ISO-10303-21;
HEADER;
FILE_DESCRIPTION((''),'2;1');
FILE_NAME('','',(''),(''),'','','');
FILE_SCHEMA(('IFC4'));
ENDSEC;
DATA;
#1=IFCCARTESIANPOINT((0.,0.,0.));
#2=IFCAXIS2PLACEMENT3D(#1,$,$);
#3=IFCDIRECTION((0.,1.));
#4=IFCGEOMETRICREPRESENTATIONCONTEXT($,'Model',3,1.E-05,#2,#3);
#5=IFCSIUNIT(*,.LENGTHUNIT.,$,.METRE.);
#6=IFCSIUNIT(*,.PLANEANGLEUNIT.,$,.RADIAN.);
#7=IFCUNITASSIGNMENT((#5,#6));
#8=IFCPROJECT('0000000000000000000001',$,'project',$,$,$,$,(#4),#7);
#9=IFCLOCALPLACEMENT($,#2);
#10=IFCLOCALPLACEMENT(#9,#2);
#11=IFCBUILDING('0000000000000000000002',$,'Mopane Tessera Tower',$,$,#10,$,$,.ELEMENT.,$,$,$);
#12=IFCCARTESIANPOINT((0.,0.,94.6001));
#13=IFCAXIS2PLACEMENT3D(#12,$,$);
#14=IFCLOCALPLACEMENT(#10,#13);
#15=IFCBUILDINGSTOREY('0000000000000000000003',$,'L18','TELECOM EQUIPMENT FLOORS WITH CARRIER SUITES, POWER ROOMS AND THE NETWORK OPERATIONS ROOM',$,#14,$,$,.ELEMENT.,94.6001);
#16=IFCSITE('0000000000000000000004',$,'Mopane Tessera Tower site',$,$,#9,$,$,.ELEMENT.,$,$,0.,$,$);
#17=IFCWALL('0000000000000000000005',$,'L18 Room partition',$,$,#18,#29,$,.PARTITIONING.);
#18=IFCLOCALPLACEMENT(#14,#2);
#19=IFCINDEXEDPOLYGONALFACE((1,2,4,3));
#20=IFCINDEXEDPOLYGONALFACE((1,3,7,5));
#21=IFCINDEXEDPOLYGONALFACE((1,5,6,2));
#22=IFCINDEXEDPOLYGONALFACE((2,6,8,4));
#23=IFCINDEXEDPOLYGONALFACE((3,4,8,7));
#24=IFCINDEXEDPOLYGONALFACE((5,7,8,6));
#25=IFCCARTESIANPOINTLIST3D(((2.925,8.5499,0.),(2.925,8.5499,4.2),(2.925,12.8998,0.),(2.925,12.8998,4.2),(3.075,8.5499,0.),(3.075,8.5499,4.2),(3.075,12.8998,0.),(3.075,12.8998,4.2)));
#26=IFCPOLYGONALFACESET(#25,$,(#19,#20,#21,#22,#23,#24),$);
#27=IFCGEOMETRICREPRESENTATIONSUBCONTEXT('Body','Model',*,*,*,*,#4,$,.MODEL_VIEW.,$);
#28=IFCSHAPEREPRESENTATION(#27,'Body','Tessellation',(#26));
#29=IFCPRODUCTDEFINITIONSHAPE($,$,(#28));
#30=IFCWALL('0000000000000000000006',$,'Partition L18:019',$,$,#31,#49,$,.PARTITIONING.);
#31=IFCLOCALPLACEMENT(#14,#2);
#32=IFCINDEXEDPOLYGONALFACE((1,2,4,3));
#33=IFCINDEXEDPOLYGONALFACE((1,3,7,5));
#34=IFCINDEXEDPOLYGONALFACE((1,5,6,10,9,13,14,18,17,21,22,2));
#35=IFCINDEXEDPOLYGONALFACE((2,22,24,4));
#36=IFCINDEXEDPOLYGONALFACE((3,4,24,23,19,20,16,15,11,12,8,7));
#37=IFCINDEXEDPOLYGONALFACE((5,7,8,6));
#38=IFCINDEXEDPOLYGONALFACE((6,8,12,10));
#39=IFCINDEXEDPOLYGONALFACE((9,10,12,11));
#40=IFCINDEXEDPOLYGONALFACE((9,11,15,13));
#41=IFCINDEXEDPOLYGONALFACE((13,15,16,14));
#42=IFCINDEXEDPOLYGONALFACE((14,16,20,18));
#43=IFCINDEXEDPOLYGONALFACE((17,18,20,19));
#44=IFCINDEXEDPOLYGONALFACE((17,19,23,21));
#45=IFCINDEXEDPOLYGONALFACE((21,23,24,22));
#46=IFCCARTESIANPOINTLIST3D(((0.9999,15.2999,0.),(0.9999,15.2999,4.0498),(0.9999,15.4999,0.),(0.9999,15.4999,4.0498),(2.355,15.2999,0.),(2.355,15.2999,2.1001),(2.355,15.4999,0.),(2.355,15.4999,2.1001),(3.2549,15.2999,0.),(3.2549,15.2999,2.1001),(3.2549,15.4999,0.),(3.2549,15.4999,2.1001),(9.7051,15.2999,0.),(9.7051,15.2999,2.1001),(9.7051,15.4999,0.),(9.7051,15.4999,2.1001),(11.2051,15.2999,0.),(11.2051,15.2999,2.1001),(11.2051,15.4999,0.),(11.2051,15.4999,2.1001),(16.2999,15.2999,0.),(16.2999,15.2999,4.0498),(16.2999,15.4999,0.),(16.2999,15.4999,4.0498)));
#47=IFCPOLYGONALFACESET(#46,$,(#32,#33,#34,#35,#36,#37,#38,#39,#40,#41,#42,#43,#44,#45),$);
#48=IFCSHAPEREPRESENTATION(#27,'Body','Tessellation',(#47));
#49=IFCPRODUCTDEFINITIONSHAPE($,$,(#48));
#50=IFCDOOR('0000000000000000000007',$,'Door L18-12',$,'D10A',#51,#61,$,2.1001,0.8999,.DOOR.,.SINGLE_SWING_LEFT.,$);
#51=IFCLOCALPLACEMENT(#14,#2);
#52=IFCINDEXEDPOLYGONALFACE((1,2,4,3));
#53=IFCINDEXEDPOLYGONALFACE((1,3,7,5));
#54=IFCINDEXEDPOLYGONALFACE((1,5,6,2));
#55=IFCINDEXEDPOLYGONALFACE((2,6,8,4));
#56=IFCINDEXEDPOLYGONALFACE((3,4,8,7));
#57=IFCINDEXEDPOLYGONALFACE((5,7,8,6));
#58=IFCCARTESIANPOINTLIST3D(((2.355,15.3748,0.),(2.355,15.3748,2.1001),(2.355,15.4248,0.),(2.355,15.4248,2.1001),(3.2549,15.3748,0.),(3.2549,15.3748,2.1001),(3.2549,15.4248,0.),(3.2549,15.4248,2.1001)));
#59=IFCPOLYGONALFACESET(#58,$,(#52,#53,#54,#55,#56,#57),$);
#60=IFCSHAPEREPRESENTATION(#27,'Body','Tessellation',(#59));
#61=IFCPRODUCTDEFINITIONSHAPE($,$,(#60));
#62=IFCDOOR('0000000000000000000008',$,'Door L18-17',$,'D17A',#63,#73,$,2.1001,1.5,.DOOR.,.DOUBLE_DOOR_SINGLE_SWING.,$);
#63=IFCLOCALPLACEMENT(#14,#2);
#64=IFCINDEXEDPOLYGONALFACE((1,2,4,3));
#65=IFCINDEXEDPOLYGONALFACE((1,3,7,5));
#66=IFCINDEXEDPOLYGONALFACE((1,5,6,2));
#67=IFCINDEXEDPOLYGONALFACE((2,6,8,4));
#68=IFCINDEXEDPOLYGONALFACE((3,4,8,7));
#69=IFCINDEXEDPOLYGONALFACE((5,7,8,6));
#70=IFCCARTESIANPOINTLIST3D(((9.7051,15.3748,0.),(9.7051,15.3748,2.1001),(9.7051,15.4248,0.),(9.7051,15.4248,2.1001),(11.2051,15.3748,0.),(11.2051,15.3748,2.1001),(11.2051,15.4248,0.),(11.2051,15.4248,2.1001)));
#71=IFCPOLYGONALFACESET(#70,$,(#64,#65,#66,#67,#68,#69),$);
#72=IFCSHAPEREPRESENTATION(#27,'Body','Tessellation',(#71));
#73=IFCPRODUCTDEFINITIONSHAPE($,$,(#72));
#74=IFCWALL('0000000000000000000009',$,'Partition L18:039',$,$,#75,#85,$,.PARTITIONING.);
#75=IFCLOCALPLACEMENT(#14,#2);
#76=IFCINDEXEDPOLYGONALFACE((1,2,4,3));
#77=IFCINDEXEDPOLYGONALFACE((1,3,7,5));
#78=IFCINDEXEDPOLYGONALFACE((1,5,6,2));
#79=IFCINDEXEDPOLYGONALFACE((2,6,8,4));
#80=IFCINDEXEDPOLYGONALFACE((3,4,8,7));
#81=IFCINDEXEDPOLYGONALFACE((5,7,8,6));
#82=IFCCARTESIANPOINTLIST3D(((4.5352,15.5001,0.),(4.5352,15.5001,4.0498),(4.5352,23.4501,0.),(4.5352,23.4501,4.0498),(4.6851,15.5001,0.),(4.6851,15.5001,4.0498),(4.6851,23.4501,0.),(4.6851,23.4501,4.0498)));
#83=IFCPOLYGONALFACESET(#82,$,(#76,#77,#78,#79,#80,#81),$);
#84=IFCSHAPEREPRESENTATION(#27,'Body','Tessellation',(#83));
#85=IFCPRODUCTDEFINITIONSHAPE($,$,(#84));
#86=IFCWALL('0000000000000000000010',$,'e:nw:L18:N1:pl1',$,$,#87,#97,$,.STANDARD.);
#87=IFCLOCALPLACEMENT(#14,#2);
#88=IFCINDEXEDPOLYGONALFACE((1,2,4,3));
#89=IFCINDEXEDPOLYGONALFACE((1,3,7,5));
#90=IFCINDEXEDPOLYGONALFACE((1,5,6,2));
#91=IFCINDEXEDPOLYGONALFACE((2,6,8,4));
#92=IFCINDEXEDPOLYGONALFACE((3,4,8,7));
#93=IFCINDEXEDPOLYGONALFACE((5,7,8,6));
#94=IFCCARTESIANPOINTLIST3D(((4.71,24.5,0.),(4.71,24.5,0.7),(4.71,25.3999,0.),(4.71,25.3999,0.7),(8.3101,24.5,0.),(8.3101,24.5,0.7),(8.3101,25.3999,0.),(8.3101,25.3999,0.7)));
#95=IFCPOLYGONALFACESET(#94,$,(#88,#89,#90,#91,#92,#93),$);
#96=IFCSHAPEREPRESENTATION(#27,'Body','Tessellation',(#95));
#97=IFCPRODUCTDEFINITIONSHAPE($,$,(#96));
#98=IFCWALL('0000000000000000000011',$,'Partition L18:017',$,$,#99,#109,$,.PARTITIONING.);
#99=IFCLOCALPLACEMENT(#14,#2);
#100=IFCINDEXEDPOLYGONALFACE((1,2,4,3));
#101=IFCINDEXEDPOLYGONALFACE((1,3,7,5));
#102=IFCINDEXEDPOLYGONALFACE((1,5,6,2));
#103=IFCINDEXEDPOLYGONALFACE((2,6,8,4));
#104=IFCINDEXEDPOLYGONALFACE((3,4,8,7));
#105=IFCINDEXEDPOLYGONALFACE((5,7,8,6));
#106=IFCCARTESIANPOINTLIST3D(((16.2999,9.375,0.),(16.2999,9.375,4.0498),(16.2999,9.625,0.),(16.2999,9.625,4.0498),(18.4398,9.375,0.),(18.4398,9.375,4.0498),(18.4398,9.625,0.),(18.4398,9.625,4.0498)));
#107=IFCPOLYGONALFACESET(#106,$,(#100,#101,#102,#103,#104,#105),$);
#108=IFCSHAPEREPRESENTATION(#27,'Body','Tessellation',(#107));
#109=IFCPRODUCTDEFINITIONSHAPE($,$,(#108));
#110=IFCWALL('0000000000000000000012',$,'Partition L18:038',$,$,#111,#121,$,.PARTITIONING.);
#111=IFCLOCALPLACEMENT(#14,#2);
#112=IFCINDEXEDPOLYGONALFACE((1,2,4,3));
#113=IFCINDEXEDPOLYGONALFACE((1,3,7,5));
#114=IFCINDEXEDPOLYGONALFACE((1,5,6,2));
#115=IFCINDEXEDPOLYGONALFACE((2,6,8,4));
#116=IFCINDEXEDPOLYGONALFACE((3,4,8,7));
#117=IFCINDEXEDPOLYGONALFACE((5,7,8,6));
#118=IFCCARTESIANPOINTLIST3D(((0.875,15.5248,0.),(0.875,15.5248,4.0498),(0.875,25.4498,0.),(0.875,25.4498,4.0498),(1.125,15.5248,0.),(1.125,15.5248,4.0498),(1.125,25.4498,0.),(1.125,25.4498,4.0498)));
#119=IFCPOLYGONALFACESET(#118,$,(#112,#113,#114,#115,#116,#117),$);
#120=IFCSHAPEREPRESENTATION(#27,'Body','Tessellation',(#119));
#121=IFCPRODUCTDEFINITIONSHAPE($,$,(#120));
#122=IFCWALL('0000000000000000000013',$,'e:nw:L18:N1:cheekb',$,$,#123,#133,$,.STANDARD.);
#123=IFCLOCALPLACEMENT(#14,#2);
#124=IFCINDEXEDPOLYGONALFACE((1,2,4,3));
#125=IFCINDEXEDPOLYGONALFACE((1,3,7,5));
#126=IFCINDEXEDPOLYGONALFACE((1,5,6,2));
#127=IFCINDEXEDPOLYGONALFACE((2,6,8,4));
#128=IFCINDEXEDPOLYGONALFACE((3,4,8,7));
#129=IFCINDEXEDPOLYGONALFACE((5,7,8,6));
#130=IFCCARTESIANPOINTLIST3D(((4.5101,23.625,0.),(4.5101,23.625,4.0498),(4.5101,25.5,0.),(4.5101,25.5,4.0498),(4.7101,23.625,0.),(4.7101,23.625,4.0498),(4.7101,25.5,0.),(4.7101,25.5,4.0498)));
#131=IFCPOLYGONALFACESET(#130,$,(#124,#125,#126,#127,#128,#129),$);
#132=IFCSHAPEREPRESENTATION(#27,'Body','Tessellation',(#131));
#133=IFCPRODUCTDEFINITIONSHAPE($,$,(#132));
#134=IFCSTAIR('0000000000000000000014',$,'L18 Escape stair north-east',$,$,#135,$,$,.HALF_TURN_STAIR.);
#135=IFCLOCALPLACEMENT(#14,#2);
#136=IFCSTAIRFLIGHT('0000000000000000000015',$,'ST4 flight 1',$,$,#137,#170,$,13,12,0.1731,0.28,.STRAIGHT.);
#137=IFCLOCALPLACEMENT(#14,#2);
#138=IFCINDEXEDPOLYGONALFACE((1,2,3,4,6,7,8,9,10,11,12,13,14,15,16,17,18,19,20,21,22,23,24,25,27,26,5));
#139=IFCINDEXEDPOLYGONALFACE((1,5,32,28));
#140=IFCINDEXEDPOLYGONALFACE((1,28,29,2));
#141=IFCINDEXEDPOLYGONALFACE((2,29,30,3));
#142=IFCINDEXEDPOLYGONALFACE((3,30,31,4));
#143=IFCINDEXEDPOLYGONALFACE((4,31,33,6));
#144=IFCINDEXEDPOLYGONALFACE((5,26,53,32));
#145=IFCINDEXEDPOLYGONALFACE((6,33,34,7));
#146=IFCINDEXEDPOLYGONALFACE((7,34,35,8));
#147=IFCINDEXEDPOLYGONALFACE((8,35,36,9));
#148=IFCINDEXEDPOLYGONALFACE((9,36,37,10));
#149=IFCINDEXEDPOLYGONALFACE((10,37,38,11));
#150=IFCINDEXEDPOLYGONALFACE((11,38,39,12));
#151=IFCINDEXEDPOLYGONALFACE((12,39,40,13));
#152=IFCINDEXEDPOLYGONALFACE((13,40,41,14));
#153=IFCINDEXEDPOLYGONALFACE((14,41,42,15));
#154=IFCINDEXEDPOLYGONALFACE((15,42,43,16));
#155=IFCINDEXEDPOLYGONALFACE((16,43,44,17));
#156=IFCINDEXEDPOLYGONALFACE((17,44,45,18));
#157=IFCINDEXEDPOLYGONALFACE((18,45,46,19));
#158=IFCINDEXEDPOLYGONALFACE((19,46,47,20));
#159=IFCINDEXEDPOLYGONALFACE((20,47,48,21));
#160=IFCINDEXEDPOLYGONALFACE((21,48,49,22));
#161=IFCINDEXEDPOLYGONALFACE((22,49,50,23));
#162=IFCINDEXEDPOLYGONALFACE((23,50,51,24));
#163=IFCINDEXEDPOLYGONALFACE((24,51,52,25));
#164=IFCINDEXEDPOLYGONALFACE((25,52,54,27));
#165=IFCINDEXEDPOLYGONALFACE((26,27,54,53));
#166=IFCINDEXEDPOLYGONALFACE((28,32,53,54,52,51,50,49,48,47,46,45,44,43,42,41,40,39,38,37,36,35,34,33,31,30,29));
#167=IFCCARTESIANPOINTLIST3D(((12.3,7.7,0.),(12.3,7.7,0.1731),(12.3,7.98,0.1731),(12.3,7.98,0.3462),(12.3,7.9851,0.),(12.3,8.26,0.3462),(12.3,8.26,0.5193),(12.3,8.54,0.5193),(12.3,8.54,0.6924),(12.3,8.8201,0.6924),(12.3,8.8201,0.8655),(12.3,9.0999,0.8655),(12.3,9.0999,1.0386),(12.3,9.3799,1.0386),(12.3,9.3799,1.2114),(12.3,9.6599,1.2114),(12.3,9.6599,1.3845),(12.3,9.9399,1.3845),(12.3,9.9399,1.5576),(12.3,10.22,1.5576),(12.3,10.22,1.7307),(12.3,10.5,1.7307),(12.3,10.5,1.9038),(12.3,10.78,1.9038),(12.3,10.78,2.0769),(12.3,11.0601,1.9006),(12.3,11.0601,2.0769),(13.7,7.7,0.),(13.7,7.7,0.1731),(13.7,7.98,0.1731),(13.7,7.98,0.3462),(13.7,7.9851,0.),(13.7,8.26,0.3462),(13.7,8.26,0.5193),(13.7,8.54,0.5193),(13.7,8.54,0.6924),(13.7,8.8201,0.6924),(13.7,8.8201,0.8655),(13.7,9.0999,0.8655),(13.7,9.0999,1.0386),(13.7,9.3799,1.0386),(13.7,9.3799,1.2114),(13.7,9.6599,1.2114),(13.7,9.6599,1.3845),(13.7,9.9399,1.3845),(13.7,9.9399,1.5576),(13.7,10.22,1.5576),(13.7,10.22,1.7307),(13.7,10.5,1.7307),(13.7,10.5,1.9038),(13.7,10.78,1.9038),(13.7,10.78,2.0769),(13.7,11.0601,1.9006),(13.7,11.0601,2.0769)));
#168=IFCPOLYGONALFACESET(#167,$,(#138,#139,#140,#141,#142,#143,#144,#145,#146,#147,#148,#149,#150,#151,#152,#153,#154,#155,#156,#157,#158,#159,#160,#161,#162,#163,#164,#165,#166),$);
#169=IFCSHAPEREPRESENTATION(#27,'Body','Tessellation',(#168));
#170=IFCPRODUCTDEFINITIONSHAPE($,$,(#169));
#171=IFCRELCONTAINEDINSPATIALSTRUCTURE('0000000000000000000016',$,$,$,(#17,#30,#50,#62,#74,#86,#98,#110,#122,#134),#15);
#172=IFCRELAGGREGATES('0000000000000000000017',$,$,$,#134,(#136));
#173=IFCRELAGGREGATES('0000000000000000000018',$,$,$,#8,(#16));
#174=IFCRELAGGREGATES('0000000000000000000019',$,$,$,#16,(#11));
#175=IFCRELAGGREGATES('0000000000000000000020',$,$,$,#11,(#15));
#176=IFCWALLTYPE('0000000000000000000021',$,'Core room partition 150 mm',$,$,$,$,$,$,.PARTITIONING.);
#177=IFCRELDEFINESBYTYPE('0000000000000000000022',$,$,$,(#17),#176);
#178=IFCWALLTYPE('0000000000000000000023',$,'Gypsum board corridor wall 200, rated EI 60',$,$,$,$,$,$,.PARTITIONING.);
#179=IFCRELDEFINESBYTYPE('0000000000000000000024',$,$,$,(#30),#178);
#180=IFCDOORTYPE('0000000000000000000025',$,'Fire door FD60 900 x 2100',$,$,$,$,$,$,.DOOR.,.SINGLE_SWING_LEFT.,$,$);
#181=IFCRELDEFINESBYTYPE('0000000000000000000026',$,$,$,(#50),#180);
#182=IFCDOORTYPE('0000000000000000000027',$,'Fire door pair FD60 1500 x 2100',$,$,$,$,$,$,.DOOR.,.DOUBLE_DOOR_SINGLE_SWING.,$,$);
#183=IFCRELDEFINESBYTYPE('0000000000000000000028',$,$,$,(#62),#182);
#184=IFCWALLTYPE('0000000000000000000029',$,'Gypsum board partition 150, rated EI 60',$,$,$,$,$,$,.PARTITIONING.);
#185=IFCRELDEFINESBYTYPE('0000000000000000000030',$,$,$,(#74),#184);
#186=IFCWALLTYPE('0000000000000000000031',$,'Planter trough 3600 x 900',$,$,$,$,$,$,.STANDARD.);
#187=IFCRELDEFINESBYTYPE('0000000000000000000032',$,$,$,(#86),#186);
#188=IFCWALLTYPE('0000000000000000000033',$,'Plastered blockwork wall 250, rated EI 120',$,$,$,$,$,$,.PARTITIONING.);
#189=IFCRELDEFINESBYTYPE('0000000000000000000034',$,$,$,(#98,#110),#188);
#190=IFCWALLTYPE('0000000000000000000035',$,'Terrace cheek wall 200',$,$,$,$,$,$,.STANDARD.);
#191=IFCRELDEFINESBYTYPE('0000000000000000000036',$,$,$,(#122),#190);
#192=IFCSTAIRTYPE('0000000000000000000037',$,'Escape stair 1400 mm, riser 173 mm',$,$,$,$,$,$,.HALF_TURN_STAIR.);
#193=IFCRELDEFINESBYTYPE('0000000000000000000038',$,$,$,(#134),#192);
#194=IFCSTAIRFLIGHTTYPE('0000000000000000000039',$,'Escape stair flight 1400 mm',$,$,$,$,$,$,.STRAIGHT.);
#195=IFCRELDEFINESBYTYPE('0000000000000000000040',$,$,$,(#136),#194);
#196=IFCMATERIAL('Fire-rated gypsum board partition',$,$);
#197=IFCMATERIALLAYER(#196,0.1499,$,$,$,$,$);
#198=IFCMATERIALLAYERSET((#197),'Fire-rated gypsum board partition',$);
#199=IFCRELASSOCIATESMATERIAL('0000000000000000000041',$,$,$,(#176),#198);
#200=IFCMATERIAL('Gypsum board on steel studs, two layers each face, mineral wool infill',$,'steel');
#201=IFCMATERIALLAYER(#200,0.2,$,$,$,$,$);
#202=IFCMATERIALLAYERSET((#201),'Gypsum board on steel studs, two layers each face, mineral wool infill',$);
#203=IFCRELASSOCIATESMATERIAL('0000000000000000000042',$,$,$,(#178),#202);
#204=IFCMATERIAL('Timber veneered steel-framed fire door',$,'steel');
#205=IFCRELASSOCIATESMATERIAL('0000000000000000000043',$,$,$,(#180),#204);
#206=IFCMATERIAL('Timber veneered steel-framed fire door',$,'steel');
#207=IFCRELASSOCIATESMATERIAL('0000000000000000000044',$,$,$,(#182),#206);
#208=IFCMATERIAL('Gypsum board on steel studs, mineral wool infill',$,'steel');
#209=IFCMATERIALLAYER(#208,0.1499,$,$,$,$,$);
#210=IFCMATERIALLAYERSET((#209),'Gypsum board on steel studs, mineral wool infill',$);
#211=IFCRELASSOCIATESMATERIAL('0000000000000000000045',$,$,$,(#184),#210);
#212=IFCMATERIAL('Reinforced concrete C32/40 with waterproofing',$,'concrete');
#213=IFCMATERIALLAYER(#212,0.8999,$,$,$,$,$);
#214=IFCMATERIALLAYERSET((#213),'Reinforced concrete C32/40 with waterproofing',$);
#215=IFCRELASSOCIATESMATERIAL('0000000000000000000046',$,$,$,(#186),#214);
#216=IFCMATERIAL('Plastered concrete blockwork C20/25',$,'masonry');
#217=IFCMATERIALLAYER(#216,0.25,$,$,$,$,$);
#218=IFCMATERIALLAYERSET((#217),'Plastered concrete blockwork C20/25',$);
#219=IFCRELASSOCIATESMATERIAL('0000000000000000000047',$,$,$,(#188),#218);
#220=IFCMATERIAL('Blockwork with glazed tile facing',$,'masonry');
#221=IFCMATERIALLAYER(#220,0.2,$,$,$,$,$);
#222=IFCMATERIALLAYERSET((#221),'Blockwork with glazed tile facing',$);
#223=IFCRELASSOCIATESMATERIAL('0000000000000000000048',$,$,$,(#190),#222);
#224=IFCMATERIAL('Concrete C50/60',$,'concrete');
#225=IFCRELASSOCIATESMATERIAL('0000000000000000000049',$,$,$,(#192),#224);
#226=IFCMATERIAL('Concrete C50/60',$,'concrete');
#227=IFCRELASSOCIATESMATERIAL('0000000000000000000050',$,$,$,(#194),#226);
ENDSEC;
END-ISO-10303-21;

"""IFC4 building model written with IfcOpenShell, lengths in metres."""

from ifc_helpers import new_model, si_unit, direction, frame, frame_2d, origin, place, context, subcontext, project, spatial, polyline, rectangle, outline, extrude, material, layer, layer_set, type_object, element, fill, aggregate, save


model = new_model("IFC4")

# Units and contexts
model_context = context("Model", 3, precision=1e-05, world=origin(), true_north=direction((0.0, 1.0)))
body_context = subcontext(model_context, "Body", "Model", "MODEL_VIEW")
ifc_project = project(units=[si_unit("LENGTHUNIT", "METRE"), si_unit("PLANEANGLEUNIT", "RADIAN")], contexts=[model_context])

# Site, building, storey
site_placement = place(None, origin())
site = spatial("IfcSite", under=ifc_project, at=site_placement, Name="Mopane Tessera Tower site", CompositionType="ELEMENT", RefElevation=0.0)
building_placement = place(site_placement, origin())
building = spatial("IfcBuilding", under=site, at=building_placement, Name="Mopane Tessera Tower", CompositionType="ELEMENT")
storey_placement = place(building_placement, frame((0.0, 0.0, 94.6001)))
storey = spatial("IfcBuildingStorey", under=building, at=storey_placement, Name="L18", Description="TELECOM EQUIPMENT FLOORS WITH CARRIER SUITES, POWER ROOMS AND THE NETWORK OPERATIONS ROOM", CompositionType="ELEMENT", Elevation=94.6001)

# Wall
ifc_material_1 = material(Name="Fire-rated gypsum board partition")
ifc_layer_1 = layer(ifc_material_1, 0.1499)
ifc_layer_set_1 = layer_set([ifc_layer_1], Name="Fire-rated gypsum board partition")
wall_type_1 = type_object("IfcWallType", Name="Core room partition 150 mm", PredefinedType="PARTITIONING", material=ifc_layer_set_1)
wall_1_placement = place(storey_placement, frame((3.0, 8.55, 0.0), z_axis=(0.0, 0.0, 1.0), x_axis=(0.0, 1.0, 0.0)))
element("IfcWall", 1, at=wall_1_placement, inside=storey, type_object=wall_type_1, Name="L18 Room partition", PredefinedType="PARTITIONING", context=body_context, shape_type="SweptSolid", body=[
    extrude(rectangle(XDim=4.3499, YDim=0.1499, at=frame_2d((2.1748, 0.0))), origin(), (0.0, 0.0, 1.0), 4.2),
])

# Wall, openings, doors
ifc_material_2 = material(Name="Gypsum board on steel studs, two layers each face, mineral wool infill", Category="steel")
ifc_layer_2 = layer(ifc_material_2, 0.2)
ifc_layer_set_2 = layer_set([ifc_layer_2], Name="Gypsum board on steel studs, two layers each face, mineral wool infill")
wall_type_2 = type_object("IfcWallType", Name="Gypsum board corridor wall 200, rated EI 60", PredefinedType="PARTITIONING", material=ifc_layer_set_2)
wall_2_placement = place(storey_placement, frame((1.0, 15.3999, 0.0), z_axis=(0.0, 0.0, 1.0), x_axis=(1.0, 0.0, 0.0)))
wall_2 = element("IfcWall", 2, at=wall_2_placement, inside=storey, type_object=wall_type_2, Name="Partition L18:019", PredefinedType="PARTITIONING", context=body_context, shape_type="SweptSolid", body=[
    extrude(rectangle(XDim=15.3, YDim=0.2, at=frame_2d((7.6499, 0.0))), origin(), (0.0, 0.0, 1.0), 4.0498),
])
opening_1_placement = place(wall_2_placement, frame((1.355, 0.0, 0.0)))
opening_1 = element("IfcOpeningElement", 3, at=opening_1_placement, cuts=wall_2, PredefinedType="OPENING", context=body_context, shape_type="SweptSolid", body=[
    extrude(rectangle(XDim=0.8999, YDim=2.1001, at=frame_2d((0.45, 1.05))), frame((0.0, 0.1121, 0.0), z_axis=(0.0, -1.0, 0.0), x_axis=(1.0, 0.0, 0.0)), (0.0, 0.0, 1.0), 0.2239),
])
opening_2_placement = place(wall_2_placement, frame((8.7051, 0.0, 0.0)))
opening_2 = element("IfcOpeningElement", 4, at=opening_2_placement, cuts=wall_2, PredefinedType="OPENING", context=body_context, shape_type="SweptSolid", body=[
    extrude(rectangle(XDim=1.5, YDim=2.1001, at=frame_2d((0.75, 1.05))), frame((0.0, 0.1121, 0.0), z_axis=(0.0, -1.0, 0.0), x_axis=(1.0, 0.0, 0.0)), (0.0, 0.0, 1.0), 0.2239),
])
ifc_material_3 = material(Name="Timber veneered steel-framed fire door", Category="steel")
door_type_1 = type_object("IfcDoorType", Name="Fire door FD60 900 x 2100", OperationType="SINGLE_SWING_LEFT", PredefinedType="DOOR", material=ifc_material_3)
door_1_placement = place(opening_1_placement, origin())
door_1 = element("IfcDoor", 5, at=door_1_placement, inside=storey, type_object=door_type_1, Name="Door L18-12", ObjectType="D10A", OperationType="SINGLE_SWING_LEFT", OverallHeight=2.1001, OverallWidth=0.8999, PredefinedType="DOOR", context=body_context, shape_type="SweptSolid", body=[
    extrude(rectangle(XDim=0.8999, YDim=2.1001, at=frame_2d((0.45, 1.05))), frame((0.0, 0.0249, 0.0), z_axis=(0.0, -1.0, 0.0), x_axis=(1.0, 0.0, 0.0)), (0.0, 0.0, 1.0), 0.05),
])
fill(opening_1, door_1)
ifc_material_4 = material(Name="Timber veneered steel-framed fire door", Category="steel")
door_type_2 = type_object("IfcDoorType", Name="Fire door pair FD60 1500 x 2100", OperationType="DOUBLE_DOOR_SINGLE_SWING", PredefinedType="DOOR", material=ifc_material_4)
door_2_placement = place(opening_2_placement, origin())
door_2 = element("IfcDoor", 6, at=door_2_placement, inside=storey, type_object=door_type_2, Name="Door L18-17", ObjectType="D17A", OperationType="DOUBLE_DOOR_SINGLE_SWING", OverallHeight=2.1001, OverallWidth=1.5, PredefinedType="DOOR", context=body_context, shape_type="SweptSolid", body=[
    extrude(rectangle(XDim=1.5, YDim=2.1001, at=frame_2d((0.75, 1.05))), frame((0.0, 0.0249, 0.0), z_axis=(0.0, -1.0, 0.0), x_axis=(1.0, 0.0, 0.0)), (0.0, 0.0, 1.0), 0.05),
])
fill(opening_2, door_2)

# Walls
ifc_material_5 = material(Name="Gypsum board on steel studs, mineral wool infill", Category="steel")
ifc_layer_3 = layer(ifc_material_5, 0.1499)
ifc_layer_set_3 = layer_set([ifc_layer_3], Name="Gypsum board on steel studs, mineral wool infill")
wall_type_3 = type_object("IfcWallType", Name="Gypsum board partition 150, rated EI 60", PredefinedType="PARTITIONING", material=ifc_layer_set_3)
wall_3_placement = place(storey_placement, frame((4.6101, 15.5, 0.0), z_axis=(0.0, 0.0, 1.0), x_axis=(0.0, 1.0, 0.0)))
element("IfcWall", 7, at=wall_3_placement, inside=storey, type_object=wall_type_3, Name="Partition L18:039", PredefinedType="PARTITIONING", context=body_context, shape_type="SweptSolid", body=[
    extrude(rectangle(XDim=7.95, YDim=0.1499, at=frame_2d((3.9751, 0.0))), origin(), (0.0, 0.0, 1.0), 4.0498),
])
ifc_material_6 = material(Name="Reinforced concrete C32/40 with waterproofing", Category="concrete")
ifc_layer_4 = layer(ifc_material_6, 0.8999)
ifc_layer_set_4 = layer_set([ifc_layer_4], Name="Reinforced concrete C32/40 with waterproofing")
wall_type_4 = type_object("IfcWallType", Name="Planter trough 3600 x 900", PredefinedType="STANDARD", material=ifc_layer_set_4)
wall_4_placement = place(storey_placement, frame((8.3101, 24.95, 0.0), z_axis=(0.0, 0.0, 1.0), x_axis=(-1.0, 0.0, 0.0)))
element("IfcWall", 8, at=wall_4_placement, inside=storey, type_object=wall_type_4, Name="e:nw:L18:N1:pl1", PredefinedType="STANDARD", context=body_context, shape_type="SweptSolid", body=[
    extrude(rectangle(XDim=3.6001, YDim=0.8999, at=frame_2d((1.8, 0.0))), origin(), (0.0, 0.0, 1.0), 0.7),
])
ifc_material_7 = material(Name="Plastered concrete blockwork C20/25", Category="masonry")
ifc_layer_5 = layer(ifc_material_7, 0.25)
ifc_layer_set_5 = layer_set([ifc_layer_5], Name="Plastered concrete blockwork C20/25")
wall_type_5 = type_object("IfcWallType", Name="Plastered blockwork wall 250, rated EI 120", PredefinedType="PARTITIONING", material=ifc_layer_set_5)
wall_5_placement = place(storey_placement, frame((16.3, 9.5, 0.0), z_axis=(0.0, 0.0, 1.0), x_axis=(1.0, 0.0, 0.0)))
element("IfcWall", 9, at=wall_5_placement, inside=storey, type_object=wall_type_5, Name="Partition L18:017", PredefinedType="PARTITIONING", context=body_context, shape_type="SweptSolid", body=[
    extrude(rectangle(XDim=2.1399, YDim=0.25, at=frame_2d((1.0698, 0.0))), origin(), (0.0, 0.0, 1.0), 4.0498),
])
wall_6_placement = place(storey_placement, frame((1.0, 15.5249, 0.0), z_axis=(0.0, 0.0, 1.0), x_axis=(0.0, 1.0, 0.0)))
element("IfcWall", 10, at=wall_6_placement, inside=storey, type_object=wall_type_5, Name="Partition L18:038", PredefinedType="PARTITIONING", context=body_context, shape_type="SweptSolid", body=[
    extrude(rectangle(XDim=9.925, YDim=0.25, at=frame_2d((4.9624, 0.0))), origin(), (0.0, 0.0, 1.0), 4.0498),
])
ifc_material_8 = material(Name="Blockwork with glazed tile facing", Category="masonry")
ifc_layer_6 = layer(ifc_material_8, 0.2)
ifc_layer_set_6 = layer_set([ifc_layer_6], Name="Blockwork with glazed tile facing")
wall_type_6 = type_object("IfcWallType", Name="Terrace cheek wall 200", PredefinedType="STANDARD", material=ifc_layer_set_6)
wall_7_placement = place(storey_placement, frame((4.6101, 25.5, 0.0), z_axis=(0.0, 0.0, 1.0), x_axis=(0.0, -1.0, 0.0)))
element("IfcWall", 11, at=wall_7_placement, inside=storey, type_object=wall_type_6, Name="e:nw:L18:N1:cheekb", PredefinedType="STANDARD", context=body_context, shape_type="SweptSolid", body=[
    extrude(rectangle(XDim=1.875, YDim=0.2, at=frame_2d((0.9375, 0.0))), origin(), (0.0, 0.0, 1.0), 4.0498),
])

# Stair, stair flight
ifc_material_9 = material(Name="Concrete C50/60", Category="concrete")
stair_type = type_object("IfcStairType", Name="Escape stair 1400 mm, riser 173 mm", PredefinedType="HALF_TURN_STAIR", material=ifc_material_9)
stair_placement = place(storey_placement, origin())
stair = element("IfcStair", 12, at=stair_placement, inside=storey, type_object=stair_type, Name="L18 Escape stair north-east", PredefinedType="HALF_TURN_STAIR")
ifc_material_10 = material(Name="Concrete C50/60", Category="concrete")
stair_flight_type = type_object("IfcStairFlightType", Name="Escape stair flight 1400 mm", PredefinedType="STRAIGHT", material=ifc_material_10)
stair_flight_1_placement = place(storey_placement, frame((13.0, 7.7, 0.0), z_axis=(0.0, 0.0, 1.0), x_axis=(0.0, 1.0, 0.0)))
stair_flight_1 = element("IfcStairFlight", 13, at=stair_flight_1_placement, type_object=stair_flight_type, Name="ST4 flight 1", NumberOfRisers=13, NumberOfTreads=12, PredefinedType="STRAIGHT", RiserHeight=0.1731, TreadLength=0.28, context=body_context, shape_type="SweptSolid", body=[
    extrude(outline(polyline([(0.0, 0.0), (0.0, 0.1731), (0.28, 0.1731), (0.28, 0.3462), (0.5601, 0.3462), (0.5601, 0.5193), (0.8401, 0.5193), (0.8401, 0.6924), (1.1201, 0.6924), (1.1201, 0.8655), (1.3999, 0.8655), (1.3999, 1.0386), (1.6799, 1.0386), (1.6799, 1.2114), (1.96, 1.2114), (1.96, 1.3845), (2.24, 1.3845), (2.24, 1.5576), (2.52, 1.5576), (2.52, 1.7307), (2.8, 1.7307), (2.8, 1.9038), (3.0801, 1.9038), (3.0801, 2.0769), (3.3601, 2.0769), (3.3601, 2.25), (3.3601, 1.9006), (0.2852, 0.0), (0.0, 0.0)])), frame((0.0, 0.7, 0.0), z_axis=(0.0, -1.0, 0.0), x_axis=(1.0, 0.0, 0.0)), (0.0, 0.0, 1.0), 1.3999),
])
aggregate(stair, [stair_flight_1])

save(model, "model.ifc")
